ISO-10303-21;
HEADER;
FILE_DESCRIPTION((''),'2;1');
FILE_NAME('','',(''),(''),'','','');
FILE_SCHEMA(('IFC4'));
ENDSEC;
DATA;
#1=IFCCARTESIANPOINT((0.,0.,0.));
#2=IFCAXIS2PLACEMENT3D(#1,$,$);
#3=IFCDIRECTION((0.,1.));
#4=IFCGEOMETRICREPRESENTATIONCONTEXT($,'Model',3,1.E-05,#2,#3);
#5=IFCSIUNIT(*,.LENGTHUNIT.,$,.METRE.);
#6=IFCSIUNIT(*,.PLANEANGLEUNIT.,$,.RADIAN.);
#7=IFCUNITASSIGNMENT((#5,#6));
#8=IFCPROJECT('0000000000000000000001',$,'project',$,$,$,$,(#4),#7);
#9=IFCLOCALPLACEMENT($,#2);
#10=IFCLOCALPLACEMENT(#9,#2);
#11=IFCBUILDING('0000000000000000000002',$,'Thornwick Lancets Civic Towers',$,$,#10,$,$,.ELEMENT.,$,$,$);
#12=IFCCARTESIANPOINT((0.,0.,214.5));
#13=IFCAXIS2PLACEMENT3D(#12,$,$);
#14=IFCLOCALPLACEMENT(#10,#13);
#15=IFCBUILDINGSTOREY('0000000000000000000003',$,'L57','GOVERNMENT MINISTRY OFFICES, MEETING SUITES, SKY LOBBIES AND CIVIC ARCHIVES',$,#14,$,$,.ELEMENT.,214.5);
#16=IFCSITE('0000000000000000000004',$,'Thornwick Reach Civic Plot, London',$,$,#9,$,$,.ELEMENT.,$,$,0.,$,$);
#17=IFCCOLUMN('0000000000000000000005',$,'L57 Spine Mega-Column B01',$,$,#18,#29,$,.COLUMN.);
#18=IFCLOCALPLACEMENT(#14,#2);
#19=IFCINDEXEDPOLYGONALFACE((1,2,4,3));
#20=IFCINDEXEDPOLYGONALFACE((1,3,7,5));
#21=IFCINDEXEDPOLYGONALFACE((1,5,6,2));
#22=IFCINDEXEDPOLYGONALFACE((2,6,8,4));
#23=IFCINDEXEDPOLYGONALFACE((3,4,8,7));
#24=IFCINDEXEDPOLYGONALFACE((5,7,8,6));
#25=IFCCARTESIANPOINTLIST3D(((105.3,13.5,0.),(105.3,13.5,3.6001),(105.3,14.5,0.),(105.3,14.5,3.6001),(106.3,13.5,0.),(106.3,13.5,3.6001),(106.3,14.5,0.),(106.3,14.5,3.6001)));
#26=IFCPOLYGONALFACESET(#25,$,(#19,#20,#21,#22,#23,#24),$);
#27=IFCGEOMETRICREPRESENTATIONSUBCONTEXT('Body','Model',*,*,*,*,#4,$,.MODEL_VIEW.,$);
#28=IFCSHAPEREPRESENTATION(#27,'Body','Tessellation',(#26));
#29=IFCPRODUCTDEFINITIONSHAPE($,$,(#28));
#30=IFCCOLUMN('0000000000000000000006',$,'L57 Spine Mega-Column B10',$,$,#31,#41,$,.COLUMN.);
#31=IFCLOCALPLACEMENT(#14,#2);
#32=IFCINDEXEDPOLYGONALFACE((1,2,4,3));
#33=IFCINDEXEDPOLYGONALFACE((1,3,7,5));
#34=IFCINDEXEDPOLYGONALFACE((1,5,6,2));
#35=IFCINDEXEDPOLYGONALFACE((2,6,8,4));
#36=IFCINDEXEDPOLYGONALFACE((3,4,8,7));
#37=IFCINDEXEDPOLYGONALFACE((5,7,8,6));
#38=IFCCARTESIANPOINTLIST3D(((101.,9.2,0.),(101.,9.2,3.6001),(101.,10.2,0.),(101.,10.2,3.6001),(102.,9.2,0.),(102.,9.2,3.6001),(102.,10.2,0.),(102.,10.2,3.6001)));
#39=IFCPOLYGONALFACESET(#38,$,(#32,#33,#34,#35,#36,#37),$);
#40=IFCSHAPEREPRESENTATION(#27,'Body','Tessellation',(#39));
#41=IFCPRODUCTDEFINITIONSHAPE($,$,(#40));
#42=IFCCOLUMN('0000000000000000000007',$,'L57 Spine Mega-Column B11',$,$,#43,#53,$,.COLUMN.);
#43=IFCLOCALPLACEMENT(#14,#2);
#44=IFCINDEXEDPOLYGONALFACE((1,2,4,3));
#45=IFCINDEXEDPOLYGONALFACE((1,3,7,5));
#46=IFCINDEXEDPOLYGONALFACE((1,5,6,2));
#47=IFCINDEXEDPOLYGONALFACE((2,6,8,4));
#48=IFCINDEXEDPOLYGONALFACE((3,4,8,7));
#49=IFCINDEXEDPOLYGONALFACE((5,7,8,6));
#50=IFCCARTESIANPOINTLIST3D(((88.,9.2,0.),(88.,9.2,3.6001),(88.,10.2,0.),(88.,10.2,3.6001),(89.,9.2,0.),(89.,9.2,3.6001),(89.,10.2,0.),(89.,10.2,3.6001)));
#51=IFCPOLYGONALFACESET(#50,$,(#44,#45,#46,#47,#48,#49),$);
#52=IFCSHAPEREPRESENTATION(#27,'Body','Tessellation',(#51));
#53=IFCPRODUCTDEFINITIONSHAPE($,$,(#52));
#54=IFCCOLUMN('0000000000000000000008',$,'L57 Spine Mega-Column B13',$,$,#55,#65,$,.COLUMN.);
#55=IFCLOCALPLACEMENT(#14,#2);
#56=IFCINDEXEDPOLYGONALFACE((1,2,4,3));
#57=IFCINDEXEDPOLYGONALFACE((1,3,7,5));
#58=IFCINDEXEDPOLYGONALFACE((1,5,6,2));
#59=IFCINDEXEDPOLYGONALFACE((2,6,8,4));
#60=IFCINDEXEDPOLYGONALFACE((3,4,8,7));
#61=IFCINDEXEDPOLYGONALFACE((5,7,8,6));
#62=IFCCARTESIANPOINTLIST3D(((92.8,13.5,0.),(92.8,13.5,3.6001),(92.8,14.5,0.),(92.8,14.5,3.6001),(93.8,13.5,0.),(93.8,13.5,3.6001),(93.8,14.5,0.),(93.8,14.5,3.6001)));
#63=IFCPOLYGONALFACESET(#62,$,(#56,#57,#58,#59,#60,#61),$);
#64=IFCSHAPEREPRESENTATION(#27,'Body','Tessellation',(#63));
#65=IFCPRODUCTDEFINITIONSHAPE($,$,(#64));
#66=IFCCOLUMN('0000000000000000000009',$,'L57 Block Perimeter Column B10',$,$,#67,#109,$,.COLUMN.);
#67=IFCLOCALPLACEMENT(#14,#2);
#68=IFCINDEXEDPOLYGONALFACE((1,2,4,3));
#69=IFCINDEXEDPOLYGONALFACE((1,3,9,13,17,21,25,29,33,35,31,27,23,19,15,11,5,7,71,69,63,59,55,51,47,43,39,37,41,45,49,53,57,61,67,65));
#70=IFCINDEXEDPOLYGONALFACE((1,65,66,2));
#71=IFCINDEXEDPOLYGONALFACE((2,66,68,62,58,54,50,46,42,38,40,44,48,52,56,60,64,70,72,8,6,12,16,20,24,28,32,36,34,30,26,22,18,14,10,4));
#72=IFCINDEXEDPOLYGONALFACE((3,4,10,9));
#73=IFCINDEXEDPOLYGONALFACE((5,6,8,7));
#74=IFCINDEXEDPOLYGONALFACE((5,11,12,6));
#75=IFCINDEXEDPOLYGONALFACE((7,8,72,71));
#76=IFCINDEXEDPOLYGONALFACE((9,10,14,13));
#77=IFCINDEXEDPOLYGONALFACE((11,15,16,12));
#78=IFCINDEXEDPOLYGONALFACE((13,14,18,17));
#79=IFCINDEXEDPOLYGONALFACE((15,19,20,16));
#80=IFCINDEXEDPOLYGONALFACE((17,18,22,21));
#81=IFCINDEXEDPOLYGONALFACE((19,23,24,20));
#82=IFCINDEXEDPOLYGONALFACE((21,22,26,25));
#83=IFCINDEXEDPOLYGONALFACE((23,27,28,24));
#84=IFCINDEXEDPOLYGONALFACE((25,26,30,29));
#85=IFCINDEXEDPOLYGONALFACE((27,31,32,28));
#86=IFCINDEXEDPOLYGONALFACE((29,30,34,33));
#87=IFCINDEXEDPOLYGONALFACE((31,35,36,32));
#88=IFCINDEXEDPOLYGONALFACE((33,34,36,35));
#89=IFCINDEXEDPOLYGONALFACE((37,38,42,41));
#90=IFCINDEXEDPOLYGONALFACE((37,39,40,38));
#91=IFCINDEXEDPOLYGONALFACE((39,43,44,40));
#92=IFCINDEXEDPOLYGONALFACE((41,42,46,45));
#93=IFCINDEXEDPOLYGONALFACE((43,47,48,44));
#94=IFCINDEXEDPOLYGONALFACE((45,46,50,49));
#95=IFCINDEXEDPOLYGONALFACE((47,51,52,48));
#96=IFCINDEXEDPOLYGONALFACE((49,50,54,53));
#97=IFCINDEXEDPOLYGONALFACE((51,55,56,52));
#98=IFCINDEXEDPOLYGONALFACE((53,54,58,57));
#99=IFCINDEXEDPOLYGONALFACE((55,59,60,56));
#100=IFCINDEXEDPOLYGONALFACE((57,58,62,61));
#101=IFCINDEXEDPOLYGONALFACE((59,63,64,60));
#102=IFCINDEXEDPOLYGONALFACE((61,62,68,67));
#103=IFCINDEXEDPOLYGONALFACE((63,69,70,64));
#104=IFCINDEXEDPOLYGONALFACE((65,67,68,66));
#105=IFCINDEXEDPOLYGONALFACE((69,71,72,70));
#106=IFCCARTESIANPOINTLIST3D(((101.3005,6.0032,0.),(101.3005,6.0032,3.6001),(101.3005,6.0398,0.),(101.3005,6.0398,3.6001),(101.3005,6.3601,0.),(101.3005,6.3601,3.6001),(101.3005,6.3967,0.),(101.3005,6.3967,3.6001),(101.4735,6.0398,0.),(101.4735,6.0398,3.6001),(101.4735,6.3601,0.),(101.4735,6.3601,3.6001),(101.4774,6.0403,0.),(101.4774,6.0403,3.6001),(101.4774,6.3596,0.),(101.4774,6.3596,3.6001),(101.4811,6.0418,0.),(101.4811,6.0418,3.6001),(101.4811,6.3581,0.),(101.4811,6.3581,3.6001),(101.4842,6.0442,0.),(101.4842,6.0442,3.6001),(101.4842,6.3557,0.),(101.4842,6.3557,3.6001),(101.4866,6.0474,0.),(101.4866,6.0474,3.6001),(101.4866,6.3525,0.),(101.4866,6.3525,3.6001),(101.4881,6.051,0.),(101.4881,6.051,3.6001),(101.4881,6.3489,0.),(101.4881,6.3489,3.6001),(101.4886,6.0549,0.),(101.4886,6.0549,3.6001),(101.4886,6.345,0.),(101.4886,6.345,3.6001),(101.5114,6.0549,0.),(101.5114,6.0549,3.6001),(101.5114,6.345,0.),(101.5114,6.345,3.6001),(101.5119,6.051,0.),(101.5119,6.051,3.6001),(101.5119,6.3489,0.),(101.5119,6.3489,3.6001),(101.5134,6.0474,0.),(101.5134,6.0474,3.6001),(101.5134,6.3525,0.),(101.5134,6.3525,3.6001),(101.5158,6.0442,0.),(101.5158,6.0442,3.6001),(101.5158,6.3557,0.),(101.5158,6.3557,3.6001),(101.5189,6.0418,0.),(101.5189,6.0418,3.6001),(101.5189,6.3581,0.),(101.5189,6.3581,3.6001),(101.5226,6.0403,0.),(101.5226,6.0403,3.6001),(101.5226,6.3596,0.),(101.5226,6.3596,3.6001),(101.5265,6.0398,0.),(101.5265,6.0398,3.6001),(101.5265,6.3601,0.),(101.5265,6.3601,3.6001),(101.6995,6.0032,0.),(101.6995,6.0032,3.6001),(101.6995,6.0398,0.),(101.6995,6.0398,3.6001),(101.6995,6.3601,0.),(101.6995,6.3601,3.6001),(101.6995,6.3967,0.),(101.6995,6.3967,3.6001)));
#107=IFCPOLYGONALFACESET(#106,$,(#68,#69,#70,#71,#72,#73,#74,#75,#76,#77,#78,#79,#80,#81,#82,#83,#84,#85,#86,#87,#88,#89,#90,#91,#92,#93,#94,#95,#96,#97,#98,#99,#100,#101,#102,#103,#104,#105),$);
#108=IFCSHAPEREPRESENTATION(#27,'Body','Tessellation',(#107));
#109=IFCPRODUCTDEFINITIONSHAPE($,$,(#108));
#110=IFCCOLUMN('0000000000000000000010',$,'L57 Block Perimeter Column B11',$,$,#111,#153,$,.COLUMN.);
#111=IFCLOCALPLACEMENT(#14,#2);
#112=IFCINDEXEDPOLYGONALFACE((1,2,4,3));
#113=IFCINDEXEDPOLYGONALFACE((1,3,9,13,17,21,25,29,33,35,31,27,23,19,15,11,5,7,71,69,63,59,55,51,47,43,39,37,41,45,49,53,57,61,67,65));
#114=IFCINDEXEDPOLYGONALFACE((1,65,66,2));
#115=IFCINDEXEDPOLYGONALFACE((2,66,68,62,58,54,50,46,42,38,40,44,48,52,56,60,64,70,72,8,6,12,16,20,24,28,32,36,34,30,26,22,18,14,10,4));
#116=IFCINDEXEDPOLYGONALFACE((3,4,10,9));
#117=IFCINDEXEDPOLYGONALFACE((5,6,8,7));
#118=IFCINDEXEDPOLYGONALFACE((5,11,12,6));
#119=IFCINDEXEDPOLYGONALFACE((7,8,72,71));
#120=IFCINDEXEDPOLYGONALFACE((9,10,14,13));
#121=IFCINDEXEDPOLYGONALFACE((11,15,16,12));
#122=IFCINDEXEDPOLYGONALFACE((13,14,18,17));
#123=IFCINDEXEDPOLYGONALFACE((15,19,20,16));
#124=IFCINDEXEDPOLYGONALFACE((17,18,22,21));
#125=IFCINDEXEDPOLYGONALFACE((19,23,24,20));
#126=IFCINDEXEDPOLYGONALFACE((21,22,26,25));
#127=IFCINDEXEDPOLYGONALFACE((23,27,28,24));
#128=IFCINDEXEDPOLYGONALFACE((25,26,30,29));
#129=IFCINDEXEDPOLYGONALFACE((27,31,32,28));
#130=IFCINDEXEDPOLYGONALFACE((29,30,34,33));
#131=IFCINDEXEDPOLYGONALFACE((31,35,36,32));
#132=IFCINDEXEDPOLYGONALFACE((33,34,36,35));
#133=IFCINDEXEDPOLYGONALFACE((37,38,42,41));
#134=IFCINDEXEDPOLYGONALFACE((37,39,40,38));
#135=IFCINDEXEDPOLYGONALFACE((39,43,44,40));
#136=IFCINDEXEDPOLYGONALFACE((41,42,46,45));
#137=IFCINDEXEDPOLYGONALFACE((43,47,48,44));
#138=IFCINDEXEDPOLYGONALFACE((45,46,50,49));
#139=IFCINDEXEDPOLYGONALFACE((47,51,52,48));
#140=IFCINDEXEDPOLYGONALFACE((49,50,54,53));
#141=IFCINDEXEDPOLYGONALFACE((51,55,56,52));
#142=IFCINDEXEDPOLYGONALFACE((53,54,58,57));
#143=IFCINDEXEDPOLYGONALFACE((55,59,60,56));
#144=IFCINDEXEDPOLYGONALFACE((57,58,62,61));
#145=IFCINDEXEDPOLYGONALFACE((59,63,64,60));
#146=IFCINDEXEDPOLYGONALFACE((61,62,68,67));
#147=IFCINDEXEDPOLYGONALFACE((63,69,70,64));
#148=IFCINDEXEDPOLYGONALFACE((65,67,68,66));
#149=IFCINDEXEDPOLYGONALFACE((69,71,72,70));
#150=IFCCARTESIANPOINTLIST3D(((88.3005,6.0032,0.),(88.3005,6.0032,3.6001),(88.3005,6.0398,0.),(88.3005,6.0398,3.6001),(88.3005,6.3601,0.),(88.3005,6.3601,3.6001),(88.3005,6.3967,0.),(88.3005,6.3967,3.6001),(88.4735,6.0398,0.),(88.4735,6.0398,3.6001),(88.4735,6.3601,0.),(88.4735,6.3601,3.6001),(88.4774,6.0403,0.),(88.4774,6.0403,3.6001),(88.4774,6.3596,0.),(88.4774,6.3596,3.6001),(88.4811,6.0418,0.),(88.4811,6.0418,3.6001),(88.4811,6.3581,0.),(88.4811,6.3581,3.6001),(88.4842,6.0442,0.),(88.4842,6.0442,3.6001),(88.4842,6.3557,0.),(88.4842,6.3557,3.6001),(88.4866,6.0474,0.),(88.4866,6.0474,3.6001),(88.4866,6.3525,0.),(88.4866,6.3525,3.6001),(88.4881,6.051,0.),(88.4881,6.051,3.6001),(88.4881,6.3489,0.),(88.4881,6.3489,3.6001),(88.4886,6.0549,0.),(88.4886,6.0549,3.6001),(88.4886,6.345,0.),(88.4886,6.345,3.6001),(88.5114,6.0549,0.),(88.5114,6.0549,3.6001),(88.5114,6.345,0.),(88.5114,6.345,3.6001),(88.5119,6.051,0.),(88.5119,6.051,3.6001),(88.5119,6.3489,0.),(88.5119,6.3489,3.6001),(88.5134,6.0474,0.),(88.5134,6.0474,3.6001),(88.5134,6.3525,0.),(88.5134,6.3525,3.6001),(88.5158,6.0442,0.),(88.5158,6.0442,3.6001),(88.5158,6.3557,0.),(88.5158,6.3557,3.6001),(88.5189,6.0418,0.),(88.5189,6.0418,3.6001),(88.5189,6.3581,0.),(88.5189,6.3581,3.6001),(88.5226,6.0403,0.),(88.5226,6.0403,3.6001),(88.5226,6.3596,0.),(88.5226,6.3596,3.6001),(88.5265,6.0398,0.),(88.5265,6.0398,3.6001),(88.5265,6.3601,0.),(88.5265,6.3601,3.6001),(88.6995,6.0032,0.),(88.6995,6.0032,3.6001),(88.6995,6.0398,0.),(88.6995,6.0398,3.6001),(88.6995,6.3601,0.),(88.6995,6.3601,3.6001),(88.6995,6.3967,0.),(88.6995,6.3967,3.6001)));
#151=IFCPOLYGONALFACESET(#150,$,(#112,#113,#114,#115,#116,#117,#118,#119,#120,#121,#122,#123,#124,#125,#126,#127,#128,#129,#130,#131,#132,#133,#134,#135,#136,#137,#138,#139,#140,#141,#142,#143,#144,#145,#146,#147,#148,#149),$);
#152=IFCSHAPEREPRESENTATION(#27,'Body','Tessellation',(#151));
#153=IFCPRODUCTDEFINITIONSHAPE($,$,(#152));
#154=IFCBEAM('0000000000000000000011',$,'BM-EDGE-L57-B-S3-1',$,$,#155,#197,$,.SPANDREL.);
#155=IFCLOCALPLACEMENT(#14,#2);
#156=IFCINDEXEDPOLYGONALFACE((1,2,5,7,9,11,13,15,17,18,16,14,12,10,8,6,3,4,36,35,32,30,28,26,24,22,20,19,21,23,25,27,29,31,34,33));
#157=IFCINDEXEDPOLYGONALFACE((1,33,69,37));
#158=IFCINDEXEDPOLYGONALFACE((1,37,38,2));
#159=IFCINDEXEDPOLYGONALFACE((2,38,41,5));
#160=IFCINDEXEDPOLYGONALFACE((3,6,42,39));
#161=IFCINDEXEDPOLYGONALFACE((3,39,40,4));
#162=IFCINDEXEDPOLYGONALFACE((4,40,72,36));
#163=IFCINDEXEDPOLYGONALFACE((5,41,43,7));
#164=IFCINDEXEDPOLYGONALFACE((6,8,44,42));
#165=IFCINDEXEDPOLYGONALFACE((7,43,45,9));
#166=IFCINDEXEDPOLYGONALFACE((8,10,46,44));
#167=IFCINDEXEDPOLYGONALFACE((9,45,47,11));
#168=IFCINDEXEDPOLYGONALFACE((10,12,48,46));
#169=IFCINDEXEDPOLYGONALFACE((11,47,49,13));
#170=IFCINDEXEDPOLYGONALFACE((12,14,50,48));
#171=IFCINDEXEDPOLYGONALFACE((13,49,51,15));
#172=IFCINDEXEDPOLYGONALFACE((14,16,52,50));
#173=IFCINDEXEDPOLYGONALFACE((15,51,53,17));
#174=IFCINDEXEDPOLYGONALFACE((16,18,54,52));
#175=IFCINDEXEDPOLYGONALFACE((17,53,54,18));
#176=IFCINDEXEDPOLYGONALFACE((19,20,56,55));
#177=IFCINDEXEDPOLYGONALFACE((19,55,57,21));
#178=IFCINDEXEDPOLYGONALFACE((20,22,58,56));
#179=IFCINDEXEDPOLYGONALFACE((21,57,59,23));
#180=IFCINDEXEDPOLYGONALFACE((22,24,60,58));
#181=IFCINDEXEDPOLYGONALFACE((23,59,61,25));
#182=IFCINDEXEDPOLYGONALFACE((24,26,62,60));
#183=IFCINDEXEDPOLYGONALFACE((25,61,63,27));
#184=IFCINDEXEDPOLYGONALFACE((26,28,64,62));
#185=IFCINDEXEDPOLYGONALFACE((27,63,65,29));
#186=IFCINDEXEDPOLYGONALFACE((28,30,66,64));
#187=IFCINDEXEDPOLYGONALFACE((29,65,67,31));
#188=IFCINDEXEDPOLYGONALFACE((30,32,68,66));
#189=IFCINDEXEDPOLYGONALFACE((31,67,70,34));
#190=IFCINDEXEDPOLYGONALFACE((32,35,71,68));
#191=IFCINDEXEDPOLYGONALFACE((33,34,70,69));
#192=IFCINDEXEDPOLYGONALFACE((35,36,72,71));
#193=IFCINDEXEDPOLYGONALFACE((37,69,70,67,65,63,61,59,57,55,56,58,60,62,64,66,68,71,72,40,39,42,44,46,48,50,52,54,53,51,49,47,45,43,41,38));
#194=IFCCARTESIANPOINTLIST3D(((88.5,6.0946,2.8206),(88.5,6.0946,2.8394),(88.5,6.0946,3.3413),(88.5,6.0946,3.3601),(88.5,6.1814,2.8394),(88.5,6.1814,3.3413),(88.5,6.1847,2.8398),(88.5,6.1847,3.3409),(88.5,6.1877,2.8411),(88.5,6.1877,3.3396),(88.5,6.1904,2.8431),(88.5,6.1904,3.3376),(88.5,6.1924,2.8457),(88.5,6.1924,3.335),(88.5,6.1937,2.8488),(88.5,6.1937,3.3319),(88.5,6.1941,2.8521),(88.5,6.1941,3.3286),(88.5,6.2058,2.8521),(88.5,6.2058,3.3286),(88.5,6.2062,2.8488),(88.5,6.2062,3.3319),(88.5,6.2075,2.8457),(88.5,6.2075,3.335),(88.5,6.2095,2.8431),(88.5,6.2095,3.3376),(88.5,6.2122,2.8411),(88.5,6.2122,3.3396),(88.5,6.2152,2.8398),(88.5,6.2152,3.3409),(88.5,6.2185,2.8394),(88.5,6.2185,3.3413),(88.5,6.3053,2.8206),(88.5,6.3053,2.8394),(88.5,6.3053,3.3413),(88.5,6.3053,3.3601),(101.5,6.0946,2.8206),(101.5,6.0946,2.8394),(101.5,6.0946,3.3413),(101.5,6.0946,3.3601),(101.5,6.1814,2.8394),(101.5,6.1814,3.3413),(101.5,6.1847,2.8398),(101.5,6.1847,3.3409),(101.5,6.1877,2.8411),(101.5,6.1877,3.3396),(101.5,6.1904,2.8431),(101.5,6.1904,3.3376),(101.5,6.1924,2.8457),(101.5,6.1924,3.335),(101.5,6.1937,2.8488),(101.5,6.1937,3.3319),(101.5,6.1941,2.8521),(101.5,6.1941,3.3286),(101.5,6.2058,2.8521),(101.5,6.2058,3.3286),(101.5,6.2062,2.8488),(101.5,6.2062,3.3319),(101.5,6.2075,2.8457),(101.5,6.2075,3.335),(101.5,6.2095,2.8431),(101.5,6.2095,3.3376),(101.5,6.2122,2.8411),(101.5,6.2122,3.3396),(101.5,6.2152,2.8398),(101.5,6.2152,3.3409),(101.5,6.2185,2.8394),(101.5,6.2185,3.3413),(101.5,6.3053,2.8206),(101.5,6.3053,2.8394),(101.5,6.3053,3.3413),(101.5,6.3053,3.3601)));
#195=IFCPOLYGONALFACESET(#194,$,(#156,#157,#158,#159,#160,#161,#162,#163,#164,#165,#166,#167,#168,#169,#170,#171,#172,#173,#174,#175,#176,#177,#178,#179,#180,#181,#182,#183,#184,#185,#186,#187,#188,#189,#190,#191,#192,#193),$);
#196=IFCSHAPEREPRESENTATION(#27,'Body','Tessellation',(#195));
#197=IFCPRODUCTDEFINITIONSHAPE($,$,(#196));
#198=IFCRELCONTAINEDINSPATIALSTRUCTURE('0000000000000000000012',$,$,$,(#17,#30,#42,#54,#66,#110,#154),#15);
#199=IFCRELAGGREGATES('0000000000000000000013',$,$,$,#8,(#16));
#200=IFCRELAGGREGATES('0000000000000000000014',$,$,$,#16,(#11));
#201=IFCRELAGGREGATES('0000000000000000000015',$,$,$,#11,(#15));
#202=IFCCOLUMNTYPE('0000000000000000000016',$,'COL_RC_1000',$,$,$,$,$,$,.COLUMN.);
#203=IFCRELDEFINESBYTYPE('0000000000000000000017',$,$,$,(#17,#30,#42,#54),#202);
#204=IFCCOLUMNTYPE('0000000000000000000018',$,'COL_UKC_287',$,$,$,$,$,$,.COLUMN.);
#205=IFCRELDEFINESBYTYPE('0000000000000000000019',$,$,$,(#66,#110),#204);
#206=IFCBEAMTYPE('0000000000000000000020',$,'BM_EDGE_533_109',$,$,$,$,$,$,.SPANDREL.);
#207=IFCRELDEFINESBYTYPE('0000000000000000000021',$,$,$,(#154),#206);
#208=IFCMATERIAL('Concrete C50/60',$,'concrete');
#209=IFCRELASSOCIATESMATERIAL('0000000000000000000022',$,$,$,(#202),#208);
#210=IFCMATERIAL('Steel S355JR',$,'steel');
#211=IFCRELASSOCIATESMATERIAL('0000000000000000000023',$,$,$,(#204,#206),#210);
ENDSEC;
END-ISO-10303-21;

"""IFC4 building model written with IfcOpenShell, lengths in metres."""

from ifc_helpers import new_model, si_unit, direction, frame, origin, origin_2d, place, context, subcontext, project, spatial, rectangle, i_section, extrude, material, material_profile, profile_set, type_object, element, save


model = new_model("IFC4")

# Units and contexts
model_context = context("Model", 3, precision=1e-05, world=origin(), true_north=direction((0.0, 1.0)))
body_context = subcontext(model_context, "Body", "Model", "MODEL_VIEW")
ifc_project = project(units=[si_unit("LENGTHUNIT", "METRE"), si_unit("PLANEANGLEUNIT", "RADIAN")], contexts=[model_context])

# Site, building, storey
site_placement = place(None, origin())
site = spatial("IfcSite", under=ifc_project, at=site_placement, Name="Thornwick Reach Civic Plot, London", CompositionType="ELEMENT", RefElevation=0.0)
building_placement = place(site_placement, origin())
building = spatial("IfcBuilding", under=site, at=building_placement, Name="Thornwick Lancets Civic Towers", CompositionType="ELEMENT")
storey_placement = place(building_placement, frame((0.0, 0.0, 214.5)))
storey = spatial("IfcBuildingStorey", under=building, at=storey_placement, Name="L57", Description="GOVERNMENT MINISTRY OFFICES, MEETING SUITES, SKY LOBBIES AND CIVIC ARCHIVES", CompositionType="ELEMENT", Elevation=214.5)

# Columns
ifc_material_1 = material(Name="Concrete C50/60", Category="concrete")
ifc_material_profile_1 = material_profile(ifc_material_1, rectangle(XDim=1.0, YDim=1.0, at=origin_2d()), Name="RC 1000x1000")
ifc_profile_set_1 = profile_set([ifc_material_profile_1], Name="Concrete C50/60")
column_type_1 = type_object("IfcColumnType", Name="COL_RC_1000", PredefinedType="COLUMN", material=ifc_profile_set_1)
for number, where, z_axis, x_axis, name in (
    (1, (105.8, 14.0, 0.0), (0.0, 0.0, 1.0), (1.0, 0.0, 0.0), "L57 Spine Mega-Column B01"),
    (2, (101.5, 9.7, 0.0), (0.0, 0.0, 1.0), (1.0, 0.0, 0.0), "L57 Spine Mega-Column B10"),
    (3, (88.5, 9.7, 0.0), (0.0, 0.0, 1.0), (1.0, 0.0, 0.0), "L57 Spine Mega-Column B11"),
    (4, (93.3, 14.0, 0.0), (0.0, 0.0, 1.0), (1.0, 0.0, 0.0), "L57 Spine Mega-Column B13"),
):
    element("IfcColumn", number, at=place(storey_placement, frame(where, z_axis=z_axis, x_axis=x_axis)), inside=storey, type_object=column_type_1, Name=name, PredefinedType="COLUMN", context=body_context, shape_type="SweptSolid", body=[
        extrude(rectangle(XDim=1.0, YDim=1.0, at=origin_2d()), origin(), (0.0, 0.0, 1.0), 3.6001),
    ])
ifc_material_2 = material(Name="Steel S355JR", Category="steel")
ifc_material_profile_2 = material_profile(ifc_material_2, i_section(OverallWidth=0.3989, OverallDepth=0.3936, WebThickness=0.0227, FlangeThickness=0.0366, FilletRadius=0.0151, at=origin_2d()), Name="UKC 356x406x287")
ifc_profile_set_2 = profile_set([ifc_material_profile_2], Name="Steel S355JR")
column_type_2 = type_object("IfcColumnType", Name="COL_UKC_287", PredefinedType="COLUMN", material=ifc_profile_set_2)
for number, where, z_axis, x_axis, name in (
    (5, (101.5, 6.2, 0.0), (0.0, 0.0, 1.0), (1.0, 0.0, 0.0), "L57 Block Perimeter Column B10"),
    (6, (88.5, 6.2, 0.0), (0.0, 0.0, 1.0), (1.0, 0.0, 0.0), "L57 Block Perimeter Column B11"),
):
    element("IfcColumn", number, at=place(storey_placement, frame(where, z_axis=z_axis, x_axis=x_axis)), inside=storey, type_object=column_type_2, Name=name, PredefinedType="COLUMN", context=body_context, shape_type="SweptSolid", body=[
        extrude(i_section(OverallWidth=0.3989, OverallDepth=0.3936, WebThickness=0.0227, FlangeThickness=0.0366, FilletRadius=0.0151, at=origin_2d()), origin(), (0.0, 0.0, 1.0), 3.6001),
    ])

# Beam
ifc_material_profile_3 = material_profile(ifc_material_2, i_section(OverallWidth=0.2107, OverallDepth=0.5396, WebThickness=0.0117, FlangeThickness=0.0188, FilletRadius=0.0127, at=origin_2d()), Name="UKB 533x210x109")
ifc_profile_set_3 = profile_set([ifc_material_profile_3], Name="Steel S355JR")
beam_type_1 = type_object("IfcBeamType", Name="BM_EDGE_533_109", PredefinedType="SPANDREL", material=ifc_profile_set_3)
beam_1_placement = place(storey_placement, frame((101.5, 6.2, 3.0903), z_axis=(-1.0, 0.0, 0.0), x_axis=(0.0, -1.0, 0.0)))
element("IfcBeam", 7, at=beam_1_placement, inside=storey, type_object=beam_type_1, Name="BM-EDGE-L57-B-S3-1", PredefinedType="SPANDREL", context=body_context, shape_type="SweptSolid", body=[
    extrude(i_section(OverallWidth=0.2107, OverallDepth=0.5396, WebThickness=0.0117, FlangeThickness=0.0188, FilletRadius=0.0127, at=origin_2d()), origin(), (0.0, 0.0, 1.0), 13.0),
])

save(model, "model.ifc")
